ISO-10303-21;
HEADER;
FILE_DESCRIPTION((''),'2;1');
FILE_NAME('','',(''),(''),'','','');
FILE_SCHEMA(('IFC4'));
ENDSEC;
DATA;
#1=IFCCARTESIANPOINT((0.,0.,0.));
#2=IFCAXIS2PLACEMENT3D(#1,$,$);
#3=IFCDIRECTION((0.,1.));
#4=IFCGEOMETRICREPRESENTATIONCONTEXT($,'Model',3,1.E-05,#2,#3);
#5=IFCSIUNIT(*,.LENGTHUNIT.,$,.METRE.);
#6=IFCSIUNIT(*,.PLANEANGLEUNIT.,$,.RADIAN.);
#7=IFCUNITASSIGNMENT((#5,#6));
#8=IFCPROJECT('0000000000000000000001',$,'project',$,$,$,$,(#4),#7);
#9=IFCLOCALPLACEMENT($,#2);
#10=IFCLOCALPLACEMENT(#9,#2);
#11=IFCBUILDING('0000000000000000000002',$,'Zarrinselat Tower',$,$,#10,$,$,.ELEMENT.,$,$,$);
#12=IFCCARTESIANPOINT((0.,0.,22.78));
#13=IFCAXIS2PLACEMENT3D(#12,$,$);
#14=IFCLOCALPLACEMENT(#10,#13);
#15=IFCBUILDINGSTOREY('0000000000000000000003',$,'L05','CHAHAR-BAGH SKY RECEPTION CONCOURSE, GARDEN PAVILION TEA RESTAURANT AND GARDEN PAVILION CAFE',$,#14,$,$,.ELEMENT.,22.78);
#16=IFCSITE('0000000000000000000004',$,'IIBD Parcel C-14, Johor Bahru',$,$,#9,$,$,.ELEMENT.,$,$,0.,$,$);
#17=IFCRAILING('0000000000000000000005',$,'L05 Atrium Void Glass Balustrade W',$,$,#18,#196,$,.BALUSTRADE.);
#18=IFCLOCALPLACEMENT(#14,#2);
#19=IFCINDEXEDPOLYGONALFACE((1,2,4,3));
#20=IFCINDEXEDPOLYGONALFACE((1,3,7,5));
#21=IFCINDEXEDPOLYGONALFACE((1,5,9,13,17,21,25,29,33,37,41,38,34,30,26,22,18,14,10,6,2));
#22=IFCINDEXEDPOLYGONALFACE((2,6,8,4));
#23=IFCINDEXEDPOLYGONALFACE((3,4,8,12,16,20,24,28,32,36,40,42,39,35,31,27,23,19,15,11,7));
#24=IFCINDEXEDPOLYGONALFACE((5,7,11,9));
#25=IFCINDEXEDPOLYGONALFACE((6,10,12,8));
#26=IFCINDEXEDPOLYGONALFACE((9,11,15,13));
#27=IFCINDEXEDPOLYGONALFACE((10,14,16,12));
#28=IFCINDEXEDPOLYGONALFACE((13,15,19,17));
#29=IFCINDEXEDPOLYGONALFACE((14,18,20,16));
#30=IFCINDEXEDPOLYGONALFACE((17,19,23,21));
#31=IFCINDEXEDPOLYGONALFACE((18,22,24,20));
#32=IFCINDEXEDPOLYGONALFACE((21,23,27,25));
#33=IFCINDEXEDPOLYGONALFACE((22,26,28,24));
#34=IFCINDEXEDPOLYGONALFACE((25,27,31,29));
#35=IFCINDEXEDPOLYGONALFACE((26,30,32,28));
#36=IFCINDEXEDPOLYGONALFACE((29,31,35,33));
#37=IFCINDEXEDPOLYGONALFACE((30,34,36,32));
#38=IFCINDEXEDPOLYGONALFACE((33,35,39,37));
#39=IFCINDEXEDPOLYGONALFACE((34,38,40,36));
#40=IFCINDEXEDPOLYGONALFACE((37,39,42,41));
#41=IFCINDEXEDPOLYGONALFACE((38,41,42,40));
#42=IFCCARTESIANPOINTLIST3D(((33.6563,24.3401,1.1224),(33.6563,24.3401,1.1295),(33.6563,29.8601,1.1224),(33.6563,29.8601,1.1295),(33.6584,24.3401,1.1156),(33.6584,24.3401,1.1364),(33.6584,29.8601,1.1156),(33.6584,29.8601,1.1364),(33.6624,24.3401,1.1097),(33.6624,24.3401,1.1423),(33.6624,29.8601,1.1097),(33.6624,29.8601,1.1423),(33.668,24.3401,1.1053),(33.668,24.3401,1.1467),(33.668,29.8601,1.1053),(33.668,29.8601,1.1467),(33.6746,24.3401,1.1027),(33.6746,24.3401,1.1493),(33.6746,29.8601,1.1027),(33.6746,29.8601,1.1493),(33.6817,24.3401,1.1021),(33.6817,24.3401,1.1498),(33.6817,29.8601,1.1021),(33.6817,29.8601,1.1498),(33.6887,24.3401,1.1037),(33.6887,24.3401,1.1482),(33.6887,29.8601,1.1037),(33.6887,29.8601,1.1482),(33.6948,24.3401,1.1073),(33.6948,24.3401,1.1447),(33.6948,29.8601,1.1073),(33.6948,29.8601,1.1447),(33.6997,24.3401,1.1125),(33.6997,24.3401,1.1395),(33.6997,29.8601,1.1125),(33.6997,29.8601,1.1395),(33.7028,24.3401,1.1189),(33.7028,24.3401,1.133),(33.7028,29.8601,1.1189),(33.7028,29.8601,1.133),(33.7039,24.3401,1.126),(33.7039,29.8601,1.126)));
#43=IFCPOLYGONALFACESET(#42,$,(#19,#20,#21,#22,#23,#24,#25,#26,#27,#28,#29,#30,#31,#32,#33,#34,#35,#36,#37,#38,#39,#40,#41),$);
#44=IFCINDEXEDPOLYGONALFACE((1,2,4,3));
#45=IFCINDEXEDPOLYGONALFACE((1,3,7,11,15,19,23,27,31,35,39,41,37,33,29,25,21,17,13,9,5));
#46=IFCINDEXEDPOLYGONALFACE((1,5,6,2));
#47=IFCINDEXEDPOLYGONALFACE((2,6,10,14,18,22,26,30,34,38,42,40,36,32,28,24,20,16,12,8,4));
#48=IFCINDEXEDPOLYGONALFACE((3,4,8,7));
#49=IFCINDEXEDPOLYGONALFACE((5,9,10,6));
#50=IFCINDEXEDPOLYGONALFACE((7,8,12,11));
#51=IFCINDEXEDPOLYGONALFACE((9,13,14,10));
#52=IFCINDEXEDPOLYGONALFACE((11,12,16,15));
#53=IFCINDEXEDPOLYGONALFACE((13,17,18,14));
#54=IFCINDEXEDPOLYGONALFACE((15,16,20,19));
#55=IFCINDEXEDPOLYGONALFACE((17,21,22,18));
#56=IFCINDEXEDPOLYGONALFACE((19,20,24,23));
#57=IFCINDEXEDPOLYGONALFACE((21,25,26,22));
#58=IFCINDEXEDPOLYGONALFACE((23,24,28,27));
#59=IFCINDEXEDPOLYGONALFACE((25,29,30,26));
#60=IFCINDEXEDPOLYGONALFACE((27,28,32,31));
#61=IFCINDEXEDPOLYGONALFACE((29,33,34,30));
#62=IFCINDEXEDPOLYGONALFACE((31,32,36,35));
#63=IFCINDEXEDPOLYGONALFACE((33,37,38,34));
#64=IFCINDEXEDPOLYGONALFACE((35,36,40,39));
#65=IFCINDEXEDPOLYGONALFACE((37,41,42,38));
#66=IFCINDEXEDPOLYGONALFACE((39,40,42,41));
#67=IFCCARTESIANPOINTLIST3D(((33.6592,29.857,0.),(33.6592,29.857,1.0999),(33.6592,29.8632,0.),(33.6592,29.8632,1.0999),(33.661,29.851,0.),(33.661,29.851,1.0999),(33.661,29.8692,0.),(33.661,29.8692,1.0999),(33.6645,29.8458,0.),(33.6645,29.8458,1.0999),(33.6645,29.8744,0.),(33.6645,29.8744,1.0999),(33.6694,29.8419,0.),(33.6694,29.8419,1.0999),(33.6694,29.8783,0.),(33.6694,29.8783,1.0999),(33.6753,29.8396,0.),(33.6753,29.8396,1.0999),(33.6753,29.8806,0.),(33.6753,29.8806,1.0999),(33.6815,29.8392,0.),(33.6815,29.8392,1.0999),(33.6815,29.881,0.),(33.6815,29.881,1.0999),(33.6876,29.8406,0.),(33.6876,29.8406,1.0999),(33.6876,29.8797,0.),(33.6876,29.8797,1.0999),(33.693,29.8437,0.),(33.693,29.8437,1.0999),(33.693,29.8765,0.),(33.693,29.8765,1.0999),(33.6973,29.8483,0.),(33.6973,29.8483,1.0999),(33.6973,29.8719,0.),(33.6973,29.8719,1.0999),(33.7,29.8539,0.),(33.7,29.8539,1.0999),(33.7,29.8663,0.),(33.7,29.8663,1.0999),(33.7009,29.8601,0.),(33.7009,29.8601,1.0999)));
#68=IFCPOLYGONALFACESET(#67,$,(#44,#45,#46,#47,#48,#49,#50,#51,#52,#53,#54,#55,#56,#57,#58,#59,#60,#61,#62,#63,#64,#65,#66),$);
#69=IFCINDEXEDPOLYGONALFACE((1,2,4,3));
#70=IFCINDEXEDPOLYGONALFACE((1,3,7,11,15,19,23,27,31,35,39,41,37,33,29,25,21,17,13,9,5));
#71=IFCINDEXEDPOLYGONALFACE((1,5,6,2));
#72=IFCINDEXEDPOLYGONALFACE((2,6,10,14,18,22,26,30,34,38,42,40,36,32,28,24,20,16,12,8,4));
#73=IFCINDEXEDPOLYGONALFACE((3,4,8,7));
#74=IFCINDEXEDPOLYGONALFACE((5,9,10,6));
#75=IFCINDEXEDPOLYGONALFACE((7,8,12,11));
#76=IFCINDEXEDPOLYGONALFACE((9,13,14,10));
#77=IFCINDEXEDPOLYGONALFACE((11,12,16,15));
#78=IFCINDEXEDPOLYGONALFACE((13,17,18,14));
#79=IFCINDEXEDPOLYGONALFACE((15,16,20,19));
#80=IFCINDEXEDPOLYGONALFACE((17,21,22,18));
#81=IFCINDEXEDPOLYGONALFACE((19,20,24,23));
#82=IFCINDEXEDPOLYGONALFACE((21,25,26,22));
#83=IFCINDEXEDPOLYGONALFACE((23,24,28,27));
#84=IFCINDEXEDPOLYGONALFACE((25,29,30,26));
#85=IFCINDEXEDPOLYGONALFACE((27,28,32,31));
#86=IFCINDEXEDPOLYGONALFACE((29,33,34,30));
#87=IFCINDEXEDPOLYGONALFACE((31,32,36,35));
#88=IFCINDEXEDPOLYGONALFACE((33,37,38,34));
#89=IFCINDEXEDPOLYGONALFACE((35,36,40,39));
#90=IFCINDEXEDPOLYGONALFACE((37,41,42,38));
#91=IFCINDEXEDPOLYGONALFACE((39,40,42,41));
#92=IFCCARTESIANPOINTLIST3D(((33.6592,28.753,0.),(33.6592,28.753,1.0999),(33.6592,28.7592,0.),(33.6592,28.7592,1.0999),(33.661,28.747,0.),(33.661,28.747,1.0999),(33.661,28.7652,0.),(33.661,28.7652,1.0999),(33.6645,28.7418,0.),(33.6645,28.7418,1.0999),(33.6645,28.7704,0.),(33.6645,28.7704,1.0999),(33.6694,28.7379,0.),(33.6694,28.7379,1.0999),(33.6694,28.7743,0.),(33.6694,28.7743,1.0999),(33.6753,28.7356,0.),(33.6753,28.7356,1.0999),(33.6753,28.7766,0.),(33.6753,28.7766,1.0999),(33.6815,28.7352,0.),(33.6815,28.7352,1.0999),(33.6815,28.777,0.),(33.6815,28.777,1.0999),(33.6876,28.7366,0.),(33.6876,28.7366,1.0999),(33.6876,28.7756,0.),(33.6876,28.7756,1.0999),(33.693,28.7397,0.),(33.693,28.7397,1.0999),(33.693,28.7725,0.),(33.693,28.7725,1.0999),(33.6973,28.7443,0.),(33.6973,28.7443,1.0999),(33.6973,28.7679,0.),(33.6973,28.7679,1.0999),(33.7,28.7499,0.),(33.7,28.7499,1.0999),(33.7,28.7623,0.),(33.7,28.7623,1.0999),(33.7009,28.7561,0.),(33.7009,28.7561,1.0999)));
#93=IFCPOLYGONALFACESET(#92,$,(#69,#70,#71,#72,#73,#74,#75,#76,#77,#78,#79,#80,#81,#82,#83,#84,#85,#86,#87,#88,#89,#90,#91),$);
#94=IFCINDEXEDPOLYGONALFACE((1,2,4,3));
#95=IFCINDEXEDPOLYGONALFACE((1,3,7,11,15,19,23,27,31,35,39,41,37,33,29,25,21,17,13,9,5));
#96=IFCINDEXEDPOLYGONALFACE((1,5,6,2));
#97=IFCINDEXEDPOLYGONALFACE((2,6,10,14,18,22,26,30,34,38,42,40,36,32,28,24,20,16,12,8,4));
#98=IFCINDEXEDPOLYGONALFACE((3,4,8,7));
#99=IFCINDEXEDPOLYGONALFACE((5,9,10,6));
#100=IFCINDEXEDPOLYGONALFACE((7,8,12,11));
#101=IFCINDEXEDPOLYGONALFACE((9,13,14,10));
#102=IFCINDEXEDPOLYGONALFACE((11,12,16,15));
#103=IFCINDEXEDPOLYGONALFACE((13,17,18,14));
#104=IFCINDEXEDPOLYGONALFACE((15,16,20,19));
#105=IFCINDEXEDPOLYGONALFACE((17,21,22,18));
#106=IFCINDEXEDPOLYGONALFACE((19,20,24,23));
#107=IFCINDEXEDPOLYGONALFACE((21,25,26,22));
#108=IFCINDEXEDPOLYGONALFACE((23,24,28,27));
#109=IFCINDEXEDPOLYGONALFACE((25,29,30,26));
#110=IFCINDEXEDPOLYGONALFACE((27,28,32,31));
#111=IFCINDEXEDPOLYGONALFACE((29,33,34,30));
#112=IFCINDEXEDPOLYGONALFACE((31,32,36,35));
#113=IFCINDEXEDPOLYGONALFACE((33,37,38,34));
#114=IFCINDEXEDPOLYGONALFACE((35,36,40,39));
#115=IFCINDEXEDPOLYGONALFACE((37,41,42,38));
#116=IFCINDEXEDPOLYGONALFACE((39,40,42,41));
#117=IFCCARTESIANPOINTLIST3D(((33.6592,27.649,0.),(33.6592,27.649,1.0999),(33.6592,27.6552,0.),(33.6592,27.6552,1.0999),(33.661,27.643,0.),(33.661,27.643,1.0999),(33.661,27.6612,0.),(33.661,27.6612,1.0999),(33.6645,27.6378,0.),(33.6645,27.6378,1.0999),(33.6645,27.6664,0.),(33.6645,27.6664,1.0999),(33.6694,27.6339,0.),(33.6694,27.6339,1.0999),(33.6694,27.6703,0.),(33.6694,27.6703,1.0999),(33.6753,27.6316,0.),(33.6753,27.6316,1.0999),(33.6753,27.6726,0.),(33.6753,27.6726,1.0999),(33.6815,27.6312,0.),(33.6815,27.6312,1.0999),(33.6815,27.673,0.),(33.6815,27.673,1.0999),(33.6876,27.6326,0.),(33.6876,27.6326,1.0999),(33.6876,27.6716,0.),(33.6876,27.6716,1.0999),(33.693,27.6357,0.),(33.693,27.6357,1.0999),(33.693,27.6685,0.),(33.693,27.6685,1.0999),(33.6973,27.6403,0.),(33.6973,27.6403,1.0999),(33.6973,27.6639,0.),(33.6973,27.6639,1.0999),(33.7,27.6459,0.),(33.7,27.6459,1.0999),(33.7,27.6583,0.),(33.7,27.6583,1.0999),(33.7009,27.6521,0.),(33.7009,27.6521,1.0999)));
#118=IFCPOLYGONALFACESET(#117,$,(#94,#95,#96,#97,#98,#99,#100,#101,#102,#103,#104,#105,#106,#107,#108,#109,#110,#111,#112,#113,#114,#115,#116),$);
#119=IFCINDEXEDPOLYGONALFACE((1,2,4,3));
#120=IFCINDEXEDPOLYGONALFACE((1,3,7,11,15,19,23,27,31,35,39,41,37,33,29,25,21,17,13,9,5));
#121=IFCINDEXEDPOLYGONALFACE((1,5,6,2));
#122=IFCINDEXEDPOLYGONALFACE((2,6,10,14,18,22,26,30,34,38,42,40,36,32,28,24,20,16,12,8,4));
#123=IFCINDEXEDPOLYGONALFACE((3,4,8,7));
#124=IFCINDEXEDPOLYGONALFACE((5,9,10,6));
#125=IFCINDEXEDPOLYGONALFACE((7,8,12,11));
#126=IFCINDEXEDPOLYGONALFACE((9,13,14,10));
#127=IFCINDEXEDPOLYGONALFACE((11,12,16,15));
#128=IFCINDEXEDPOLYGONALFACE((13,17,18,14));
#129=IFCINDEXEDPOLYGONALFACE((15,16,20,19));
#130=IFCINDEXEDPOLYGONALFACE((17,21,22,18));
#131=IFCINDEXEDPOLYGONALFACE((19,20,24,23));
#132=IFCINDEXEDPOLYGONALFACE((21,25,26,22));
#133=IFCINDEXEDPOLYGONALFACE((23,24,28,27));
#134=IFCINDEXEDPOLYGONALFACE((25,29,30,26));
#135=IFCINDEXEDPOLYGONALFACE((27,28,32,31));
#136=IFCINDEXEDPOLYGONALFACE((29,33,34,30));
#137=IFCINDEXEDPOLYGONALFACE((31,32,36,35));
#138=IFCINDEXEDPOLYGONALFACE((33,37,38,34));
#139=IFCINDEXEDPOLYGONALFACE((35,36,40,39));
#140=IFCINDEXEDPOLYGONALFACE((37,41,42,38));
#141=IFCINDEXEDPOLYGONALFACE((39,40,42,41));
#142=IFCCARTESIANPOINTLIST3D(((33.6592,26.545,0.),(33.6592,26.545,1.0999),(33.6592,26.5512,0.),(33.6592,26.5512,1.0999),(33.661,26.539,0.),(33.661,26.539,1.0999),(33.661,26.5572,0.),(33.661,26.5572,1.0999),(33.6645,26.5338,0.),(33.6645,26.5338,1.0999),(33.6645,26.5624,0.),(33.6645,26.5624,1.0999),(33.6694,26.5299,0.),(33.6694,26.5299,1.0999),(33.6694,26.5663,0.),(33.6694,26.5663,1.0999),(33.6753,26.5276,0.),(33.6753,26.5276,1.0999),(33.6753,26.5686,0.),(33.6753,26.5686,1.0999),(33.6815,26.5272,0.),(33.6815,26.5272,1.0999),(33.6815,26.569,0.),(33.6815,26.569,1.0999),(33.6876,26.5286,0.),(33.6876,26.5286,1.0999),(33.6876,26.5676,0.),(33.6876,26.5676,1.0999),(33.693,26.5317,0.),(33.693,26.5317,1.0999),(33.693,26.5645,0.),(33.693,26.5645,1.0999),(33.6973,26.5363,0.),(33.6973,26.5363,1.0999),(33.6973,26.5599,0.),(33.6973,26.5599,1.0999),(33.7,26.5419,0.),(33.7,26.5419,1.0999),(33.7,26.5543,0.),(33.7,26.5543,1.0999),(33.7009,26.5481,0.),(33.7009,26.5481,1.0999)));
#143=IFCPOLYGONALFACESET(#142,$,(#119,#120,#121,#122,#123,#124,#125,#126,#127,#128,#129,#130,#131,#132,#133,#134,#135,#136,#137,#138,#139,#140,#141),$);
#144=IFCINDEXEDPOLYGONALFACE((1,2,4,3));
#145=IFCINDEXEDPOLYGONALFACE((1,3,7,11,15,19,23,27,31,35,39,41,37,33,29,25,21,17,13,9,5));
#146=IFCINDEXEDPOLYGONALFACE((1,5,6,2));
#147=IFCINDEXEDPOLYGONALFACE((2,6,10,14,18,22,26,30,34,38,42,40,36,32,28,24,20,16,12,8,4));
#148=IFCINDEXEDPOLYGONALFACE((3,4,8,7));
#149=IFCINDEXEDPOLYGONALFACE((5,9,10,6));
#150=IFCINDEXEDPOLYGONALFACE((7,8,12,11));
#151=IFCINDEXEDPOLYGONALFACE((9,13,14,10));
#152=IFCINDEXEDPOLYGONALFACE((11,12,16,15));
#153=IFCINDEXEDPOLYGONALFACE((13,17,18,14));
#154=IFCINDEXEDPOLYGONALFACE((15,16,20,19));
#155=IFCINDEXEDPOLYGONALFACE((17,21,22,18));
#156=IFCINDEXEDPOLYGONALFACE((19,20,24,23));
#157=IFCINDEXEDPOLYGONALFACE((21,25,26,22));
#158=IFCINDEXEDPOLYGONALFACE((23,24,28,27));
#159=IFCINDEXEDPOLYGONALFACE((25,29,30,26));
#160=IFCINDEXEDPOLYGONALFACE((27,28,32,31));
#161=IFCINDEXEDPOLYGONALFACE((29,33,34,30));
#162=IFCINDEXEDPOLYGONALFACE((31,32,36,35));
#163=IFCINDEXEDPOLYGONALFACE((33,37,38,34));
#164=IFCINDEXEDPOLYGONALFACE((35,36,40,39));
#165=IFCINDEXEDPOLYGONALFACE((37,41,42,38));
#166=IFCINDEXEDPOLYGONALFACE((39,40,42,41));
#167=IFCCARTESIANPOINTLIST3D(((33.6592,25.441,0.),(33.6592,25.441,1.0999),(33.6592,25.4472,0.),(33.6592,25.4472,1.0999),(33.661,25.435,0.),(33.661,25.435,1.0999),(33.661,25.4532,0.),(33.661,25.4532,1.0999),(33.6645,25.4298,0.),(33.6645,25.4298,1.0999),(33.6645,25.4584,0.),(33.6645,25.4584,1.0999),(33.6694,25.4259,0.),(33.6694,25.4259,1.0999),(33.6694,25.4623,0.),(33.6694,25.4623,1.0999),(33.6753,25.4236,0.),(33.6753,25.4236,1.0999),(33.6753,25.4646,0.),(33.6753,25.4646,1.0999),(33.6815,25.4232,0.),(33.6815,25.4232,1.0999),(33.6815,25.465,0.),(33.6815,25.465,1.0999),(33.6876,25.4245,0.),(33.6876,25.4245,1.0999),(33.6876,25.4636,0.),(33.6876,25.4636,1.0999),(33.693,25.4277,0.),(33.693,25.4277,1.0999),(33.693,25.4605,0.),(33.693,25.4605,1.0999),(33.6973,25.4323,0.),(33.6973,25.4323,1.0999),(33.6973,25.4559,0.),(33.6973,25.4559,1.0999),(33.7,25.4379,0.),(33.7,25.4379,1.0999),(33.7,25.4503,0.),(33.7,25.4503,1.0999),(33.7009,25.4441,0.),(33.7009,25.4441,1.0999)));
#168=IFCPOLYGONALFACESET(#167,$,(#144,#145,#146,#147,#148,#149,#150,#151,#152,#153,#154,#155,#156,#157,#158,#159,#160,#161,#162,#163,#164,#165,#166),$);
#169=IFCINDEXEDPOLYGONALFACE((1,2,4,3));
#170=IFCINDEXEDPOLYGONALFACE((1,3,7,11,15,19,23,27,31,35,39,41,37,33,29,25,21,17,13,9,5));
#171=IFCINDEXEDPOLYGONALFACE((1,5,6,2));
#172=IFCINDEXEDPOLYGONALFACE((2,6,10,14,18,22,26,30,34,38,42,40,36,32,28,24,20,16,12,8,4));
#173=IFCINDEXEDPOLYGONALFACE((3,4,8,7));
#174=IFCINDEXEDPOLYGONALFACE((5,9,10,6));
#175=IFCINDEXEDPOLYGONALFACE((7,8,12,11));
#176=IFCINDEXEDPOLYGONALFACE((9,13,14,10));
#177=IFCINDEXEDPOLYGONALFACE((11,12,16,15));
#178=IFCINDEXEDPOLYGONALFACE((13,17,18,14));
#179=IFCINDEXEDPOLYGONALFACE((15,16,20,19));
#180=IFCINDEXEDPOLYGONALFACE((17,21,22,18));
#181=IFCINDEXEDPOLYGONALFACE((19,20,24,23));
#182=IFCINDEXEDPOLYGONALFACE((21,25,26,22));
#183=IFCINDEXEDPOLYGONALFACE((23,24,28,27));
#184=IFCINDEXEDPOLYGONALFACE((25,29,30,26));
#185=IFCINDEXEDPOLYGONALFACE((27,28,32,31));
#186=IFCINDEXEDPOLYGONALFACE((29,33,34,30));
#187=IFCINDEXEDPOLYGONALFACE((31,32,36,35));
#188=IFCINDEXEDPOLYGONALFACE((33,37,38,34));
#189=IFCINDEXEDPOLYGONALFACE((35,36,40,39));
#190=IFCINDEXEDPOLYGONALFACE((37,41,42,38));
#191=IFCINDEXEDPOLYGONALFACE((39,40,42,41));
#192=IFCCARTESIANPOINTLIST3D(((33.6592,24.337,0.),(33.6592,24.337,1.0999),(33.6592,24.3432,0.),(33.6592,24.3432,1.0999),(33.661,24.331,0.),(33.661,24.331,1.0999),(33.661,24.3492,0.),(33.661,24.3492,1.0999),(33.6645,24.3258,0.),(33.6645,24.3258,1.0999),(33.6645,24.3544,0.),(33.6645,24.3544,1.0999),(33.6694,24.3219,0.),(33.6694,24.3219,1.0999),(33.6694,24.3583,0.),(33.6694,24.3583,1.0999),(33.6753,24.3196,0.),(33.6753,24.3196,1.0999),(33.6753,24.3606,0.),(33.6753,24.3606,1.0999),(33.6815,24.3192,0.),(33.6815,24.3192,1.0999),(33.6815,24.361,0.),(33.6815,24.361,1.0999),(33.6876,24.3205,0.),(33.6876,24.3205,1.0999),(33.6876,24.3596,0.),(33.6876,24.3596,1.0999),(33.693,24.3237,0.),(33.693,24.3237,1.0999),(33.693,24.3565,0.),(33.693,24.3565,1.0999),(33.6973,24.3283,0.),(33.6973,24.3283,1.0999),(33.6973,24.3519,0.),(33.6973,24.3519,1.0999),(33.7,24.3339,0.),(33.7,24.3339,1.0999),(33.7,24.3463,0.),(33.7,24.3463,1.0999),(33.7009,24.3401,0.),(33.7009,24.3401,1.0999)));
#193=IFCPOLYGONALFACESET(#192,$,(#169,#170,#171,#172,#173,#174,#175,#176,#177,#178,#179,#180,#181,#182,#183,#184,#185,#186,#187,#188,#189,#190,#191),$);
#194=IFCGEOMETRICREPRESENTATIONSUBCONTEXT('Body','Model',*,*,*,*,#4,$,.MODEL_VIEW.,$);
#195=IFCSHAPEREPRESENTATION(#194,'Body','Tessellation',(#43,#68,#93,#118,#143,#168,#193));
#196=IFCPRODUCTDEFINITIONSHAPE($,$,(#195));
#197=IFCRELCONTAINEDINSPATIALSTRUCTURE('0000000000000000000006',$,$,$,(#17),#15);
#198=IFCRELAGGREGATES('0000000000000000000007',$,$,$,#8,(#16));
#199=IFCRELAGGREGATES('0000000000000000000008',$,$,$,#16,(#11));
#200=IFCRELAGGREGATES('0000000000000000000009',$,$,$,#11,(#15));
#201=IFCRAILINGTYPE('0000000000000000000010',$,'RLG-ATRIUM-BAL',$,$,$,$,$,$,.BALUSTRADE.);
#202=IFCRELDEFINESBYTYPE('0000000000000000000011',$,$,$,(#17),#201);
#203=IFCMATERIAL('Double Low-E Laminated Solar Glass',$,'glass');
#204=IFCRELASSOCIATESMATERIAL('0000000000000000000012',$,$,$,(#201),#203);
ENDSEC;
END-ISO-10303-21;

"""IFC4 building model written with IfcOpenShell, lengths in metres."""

from ifc_helpers import new_model, si_unit, direction, frame, origin, origin_2d, place, context, subcontext, project, spatial, circle, extrude, material, type_object, element, save


model = new_model("IFC4")

# Units and contexts
model_context = context("Model", 3, precision=1e-05, world=origin(), true_north=direction((0.0, 1.0)))
body_context = subcontext(model_context, "Body", "Model", "MODEL_VIEW")
ifc_project = project(units=[si_unit("LENGTHUNIT", "METRE"), si_unit("PLANEANGLEUNIT", "RADIAN")], contexts=[model_context])

# Site, building, storey
site_placement = place(None, origin())
site = spatial("IfcSite", under=ifc_project, at=site_placement, Name="IIBD Parcel C-14, Johor Bahru", CompositionType="ELEMENT", RefElevation=0.0)
building_placement = place(site_placement, origin())
building = spatial("IfcBuilding", under=site, at=building_placement, Name="Zarrinselat Tower", CompositionType="ELEMENT")
storey_placement = place(building_placement, frame((0.0, 0.0, 22.78)))
storey = spatial("IfcBuildingStorey", under=building, at=storey_placement, Name="L05", Description="CHAHAR-BAGH SKY RECEPTION CONCOURSE, GARDEN PAVILION TEA RESTAURANT AND GARDEN PAVILION CAFE", CompositionType="ELEMENT", Elevation=22.78)

# Railing
ifc_material_1 = material(Name="Double Low-E Laminated Solar Glass", Category="glass")
railing_type = type_object("IfcRailingType", Name="RLG-ATRIUM-BAL", PredefinedType="BALUSTRADE", material=ifc_material_1)
railing_1_placement = place(storey_placement, frame((33.6799, 29.8601, 0.0)))
element("IfcRailing", 1, at=railing_1_placement, inside=storey, type_object=railing_type, Name="L05 Atrium Void Glass Balustrade W", PredefinedType="BALUSTRADE", context=body_context, shape_type="SweptSolid", body=[
    extrude(circle(Radius=0.0239, at=origin_2d()), frame((0.0, 0.0, 1.126), z_axis=(0.0, -1.0, 0.0), x_axis=(1.0, 0.0, 0.0)), (0.0, 0.0, 1.0), 5.52),
    extrude(circle(Radius=0.021, at=origin_2d()), origin(), (0.0, 0.0, 1.0), 1.0999),
    extrude(circle(Radius=0.021, at=origin_2d()), frame((0.0, -1.104, 0.0)), (0.0, 0.0, 1.0), 1.0999),
    extrude(circle(Radius=0.021, at=origin_2d()), frame((0.0, -2.208, 0.0)), (0.0, 0.0, 1.0), 1.0999),
    extrude(circle(Radius=0.021, at=origin_2d()), frame((0.0, -3.312, 0.0)), (0.0, 0.0, 1.0), 1.0999),
    extrude(circle(Radius=0.021, at=origin_2d()), frame((0.0, -4.416, 0.0)), (0.0, 0.0, 1.0), 1.0999),
    extrude(circle(Radius=0.021, at=origin_2d()), frame((0.0, -5.52, 0.0)), (0.0, 0.0, 1.0), 1.0999),
])

save(model, "model.ifc")
